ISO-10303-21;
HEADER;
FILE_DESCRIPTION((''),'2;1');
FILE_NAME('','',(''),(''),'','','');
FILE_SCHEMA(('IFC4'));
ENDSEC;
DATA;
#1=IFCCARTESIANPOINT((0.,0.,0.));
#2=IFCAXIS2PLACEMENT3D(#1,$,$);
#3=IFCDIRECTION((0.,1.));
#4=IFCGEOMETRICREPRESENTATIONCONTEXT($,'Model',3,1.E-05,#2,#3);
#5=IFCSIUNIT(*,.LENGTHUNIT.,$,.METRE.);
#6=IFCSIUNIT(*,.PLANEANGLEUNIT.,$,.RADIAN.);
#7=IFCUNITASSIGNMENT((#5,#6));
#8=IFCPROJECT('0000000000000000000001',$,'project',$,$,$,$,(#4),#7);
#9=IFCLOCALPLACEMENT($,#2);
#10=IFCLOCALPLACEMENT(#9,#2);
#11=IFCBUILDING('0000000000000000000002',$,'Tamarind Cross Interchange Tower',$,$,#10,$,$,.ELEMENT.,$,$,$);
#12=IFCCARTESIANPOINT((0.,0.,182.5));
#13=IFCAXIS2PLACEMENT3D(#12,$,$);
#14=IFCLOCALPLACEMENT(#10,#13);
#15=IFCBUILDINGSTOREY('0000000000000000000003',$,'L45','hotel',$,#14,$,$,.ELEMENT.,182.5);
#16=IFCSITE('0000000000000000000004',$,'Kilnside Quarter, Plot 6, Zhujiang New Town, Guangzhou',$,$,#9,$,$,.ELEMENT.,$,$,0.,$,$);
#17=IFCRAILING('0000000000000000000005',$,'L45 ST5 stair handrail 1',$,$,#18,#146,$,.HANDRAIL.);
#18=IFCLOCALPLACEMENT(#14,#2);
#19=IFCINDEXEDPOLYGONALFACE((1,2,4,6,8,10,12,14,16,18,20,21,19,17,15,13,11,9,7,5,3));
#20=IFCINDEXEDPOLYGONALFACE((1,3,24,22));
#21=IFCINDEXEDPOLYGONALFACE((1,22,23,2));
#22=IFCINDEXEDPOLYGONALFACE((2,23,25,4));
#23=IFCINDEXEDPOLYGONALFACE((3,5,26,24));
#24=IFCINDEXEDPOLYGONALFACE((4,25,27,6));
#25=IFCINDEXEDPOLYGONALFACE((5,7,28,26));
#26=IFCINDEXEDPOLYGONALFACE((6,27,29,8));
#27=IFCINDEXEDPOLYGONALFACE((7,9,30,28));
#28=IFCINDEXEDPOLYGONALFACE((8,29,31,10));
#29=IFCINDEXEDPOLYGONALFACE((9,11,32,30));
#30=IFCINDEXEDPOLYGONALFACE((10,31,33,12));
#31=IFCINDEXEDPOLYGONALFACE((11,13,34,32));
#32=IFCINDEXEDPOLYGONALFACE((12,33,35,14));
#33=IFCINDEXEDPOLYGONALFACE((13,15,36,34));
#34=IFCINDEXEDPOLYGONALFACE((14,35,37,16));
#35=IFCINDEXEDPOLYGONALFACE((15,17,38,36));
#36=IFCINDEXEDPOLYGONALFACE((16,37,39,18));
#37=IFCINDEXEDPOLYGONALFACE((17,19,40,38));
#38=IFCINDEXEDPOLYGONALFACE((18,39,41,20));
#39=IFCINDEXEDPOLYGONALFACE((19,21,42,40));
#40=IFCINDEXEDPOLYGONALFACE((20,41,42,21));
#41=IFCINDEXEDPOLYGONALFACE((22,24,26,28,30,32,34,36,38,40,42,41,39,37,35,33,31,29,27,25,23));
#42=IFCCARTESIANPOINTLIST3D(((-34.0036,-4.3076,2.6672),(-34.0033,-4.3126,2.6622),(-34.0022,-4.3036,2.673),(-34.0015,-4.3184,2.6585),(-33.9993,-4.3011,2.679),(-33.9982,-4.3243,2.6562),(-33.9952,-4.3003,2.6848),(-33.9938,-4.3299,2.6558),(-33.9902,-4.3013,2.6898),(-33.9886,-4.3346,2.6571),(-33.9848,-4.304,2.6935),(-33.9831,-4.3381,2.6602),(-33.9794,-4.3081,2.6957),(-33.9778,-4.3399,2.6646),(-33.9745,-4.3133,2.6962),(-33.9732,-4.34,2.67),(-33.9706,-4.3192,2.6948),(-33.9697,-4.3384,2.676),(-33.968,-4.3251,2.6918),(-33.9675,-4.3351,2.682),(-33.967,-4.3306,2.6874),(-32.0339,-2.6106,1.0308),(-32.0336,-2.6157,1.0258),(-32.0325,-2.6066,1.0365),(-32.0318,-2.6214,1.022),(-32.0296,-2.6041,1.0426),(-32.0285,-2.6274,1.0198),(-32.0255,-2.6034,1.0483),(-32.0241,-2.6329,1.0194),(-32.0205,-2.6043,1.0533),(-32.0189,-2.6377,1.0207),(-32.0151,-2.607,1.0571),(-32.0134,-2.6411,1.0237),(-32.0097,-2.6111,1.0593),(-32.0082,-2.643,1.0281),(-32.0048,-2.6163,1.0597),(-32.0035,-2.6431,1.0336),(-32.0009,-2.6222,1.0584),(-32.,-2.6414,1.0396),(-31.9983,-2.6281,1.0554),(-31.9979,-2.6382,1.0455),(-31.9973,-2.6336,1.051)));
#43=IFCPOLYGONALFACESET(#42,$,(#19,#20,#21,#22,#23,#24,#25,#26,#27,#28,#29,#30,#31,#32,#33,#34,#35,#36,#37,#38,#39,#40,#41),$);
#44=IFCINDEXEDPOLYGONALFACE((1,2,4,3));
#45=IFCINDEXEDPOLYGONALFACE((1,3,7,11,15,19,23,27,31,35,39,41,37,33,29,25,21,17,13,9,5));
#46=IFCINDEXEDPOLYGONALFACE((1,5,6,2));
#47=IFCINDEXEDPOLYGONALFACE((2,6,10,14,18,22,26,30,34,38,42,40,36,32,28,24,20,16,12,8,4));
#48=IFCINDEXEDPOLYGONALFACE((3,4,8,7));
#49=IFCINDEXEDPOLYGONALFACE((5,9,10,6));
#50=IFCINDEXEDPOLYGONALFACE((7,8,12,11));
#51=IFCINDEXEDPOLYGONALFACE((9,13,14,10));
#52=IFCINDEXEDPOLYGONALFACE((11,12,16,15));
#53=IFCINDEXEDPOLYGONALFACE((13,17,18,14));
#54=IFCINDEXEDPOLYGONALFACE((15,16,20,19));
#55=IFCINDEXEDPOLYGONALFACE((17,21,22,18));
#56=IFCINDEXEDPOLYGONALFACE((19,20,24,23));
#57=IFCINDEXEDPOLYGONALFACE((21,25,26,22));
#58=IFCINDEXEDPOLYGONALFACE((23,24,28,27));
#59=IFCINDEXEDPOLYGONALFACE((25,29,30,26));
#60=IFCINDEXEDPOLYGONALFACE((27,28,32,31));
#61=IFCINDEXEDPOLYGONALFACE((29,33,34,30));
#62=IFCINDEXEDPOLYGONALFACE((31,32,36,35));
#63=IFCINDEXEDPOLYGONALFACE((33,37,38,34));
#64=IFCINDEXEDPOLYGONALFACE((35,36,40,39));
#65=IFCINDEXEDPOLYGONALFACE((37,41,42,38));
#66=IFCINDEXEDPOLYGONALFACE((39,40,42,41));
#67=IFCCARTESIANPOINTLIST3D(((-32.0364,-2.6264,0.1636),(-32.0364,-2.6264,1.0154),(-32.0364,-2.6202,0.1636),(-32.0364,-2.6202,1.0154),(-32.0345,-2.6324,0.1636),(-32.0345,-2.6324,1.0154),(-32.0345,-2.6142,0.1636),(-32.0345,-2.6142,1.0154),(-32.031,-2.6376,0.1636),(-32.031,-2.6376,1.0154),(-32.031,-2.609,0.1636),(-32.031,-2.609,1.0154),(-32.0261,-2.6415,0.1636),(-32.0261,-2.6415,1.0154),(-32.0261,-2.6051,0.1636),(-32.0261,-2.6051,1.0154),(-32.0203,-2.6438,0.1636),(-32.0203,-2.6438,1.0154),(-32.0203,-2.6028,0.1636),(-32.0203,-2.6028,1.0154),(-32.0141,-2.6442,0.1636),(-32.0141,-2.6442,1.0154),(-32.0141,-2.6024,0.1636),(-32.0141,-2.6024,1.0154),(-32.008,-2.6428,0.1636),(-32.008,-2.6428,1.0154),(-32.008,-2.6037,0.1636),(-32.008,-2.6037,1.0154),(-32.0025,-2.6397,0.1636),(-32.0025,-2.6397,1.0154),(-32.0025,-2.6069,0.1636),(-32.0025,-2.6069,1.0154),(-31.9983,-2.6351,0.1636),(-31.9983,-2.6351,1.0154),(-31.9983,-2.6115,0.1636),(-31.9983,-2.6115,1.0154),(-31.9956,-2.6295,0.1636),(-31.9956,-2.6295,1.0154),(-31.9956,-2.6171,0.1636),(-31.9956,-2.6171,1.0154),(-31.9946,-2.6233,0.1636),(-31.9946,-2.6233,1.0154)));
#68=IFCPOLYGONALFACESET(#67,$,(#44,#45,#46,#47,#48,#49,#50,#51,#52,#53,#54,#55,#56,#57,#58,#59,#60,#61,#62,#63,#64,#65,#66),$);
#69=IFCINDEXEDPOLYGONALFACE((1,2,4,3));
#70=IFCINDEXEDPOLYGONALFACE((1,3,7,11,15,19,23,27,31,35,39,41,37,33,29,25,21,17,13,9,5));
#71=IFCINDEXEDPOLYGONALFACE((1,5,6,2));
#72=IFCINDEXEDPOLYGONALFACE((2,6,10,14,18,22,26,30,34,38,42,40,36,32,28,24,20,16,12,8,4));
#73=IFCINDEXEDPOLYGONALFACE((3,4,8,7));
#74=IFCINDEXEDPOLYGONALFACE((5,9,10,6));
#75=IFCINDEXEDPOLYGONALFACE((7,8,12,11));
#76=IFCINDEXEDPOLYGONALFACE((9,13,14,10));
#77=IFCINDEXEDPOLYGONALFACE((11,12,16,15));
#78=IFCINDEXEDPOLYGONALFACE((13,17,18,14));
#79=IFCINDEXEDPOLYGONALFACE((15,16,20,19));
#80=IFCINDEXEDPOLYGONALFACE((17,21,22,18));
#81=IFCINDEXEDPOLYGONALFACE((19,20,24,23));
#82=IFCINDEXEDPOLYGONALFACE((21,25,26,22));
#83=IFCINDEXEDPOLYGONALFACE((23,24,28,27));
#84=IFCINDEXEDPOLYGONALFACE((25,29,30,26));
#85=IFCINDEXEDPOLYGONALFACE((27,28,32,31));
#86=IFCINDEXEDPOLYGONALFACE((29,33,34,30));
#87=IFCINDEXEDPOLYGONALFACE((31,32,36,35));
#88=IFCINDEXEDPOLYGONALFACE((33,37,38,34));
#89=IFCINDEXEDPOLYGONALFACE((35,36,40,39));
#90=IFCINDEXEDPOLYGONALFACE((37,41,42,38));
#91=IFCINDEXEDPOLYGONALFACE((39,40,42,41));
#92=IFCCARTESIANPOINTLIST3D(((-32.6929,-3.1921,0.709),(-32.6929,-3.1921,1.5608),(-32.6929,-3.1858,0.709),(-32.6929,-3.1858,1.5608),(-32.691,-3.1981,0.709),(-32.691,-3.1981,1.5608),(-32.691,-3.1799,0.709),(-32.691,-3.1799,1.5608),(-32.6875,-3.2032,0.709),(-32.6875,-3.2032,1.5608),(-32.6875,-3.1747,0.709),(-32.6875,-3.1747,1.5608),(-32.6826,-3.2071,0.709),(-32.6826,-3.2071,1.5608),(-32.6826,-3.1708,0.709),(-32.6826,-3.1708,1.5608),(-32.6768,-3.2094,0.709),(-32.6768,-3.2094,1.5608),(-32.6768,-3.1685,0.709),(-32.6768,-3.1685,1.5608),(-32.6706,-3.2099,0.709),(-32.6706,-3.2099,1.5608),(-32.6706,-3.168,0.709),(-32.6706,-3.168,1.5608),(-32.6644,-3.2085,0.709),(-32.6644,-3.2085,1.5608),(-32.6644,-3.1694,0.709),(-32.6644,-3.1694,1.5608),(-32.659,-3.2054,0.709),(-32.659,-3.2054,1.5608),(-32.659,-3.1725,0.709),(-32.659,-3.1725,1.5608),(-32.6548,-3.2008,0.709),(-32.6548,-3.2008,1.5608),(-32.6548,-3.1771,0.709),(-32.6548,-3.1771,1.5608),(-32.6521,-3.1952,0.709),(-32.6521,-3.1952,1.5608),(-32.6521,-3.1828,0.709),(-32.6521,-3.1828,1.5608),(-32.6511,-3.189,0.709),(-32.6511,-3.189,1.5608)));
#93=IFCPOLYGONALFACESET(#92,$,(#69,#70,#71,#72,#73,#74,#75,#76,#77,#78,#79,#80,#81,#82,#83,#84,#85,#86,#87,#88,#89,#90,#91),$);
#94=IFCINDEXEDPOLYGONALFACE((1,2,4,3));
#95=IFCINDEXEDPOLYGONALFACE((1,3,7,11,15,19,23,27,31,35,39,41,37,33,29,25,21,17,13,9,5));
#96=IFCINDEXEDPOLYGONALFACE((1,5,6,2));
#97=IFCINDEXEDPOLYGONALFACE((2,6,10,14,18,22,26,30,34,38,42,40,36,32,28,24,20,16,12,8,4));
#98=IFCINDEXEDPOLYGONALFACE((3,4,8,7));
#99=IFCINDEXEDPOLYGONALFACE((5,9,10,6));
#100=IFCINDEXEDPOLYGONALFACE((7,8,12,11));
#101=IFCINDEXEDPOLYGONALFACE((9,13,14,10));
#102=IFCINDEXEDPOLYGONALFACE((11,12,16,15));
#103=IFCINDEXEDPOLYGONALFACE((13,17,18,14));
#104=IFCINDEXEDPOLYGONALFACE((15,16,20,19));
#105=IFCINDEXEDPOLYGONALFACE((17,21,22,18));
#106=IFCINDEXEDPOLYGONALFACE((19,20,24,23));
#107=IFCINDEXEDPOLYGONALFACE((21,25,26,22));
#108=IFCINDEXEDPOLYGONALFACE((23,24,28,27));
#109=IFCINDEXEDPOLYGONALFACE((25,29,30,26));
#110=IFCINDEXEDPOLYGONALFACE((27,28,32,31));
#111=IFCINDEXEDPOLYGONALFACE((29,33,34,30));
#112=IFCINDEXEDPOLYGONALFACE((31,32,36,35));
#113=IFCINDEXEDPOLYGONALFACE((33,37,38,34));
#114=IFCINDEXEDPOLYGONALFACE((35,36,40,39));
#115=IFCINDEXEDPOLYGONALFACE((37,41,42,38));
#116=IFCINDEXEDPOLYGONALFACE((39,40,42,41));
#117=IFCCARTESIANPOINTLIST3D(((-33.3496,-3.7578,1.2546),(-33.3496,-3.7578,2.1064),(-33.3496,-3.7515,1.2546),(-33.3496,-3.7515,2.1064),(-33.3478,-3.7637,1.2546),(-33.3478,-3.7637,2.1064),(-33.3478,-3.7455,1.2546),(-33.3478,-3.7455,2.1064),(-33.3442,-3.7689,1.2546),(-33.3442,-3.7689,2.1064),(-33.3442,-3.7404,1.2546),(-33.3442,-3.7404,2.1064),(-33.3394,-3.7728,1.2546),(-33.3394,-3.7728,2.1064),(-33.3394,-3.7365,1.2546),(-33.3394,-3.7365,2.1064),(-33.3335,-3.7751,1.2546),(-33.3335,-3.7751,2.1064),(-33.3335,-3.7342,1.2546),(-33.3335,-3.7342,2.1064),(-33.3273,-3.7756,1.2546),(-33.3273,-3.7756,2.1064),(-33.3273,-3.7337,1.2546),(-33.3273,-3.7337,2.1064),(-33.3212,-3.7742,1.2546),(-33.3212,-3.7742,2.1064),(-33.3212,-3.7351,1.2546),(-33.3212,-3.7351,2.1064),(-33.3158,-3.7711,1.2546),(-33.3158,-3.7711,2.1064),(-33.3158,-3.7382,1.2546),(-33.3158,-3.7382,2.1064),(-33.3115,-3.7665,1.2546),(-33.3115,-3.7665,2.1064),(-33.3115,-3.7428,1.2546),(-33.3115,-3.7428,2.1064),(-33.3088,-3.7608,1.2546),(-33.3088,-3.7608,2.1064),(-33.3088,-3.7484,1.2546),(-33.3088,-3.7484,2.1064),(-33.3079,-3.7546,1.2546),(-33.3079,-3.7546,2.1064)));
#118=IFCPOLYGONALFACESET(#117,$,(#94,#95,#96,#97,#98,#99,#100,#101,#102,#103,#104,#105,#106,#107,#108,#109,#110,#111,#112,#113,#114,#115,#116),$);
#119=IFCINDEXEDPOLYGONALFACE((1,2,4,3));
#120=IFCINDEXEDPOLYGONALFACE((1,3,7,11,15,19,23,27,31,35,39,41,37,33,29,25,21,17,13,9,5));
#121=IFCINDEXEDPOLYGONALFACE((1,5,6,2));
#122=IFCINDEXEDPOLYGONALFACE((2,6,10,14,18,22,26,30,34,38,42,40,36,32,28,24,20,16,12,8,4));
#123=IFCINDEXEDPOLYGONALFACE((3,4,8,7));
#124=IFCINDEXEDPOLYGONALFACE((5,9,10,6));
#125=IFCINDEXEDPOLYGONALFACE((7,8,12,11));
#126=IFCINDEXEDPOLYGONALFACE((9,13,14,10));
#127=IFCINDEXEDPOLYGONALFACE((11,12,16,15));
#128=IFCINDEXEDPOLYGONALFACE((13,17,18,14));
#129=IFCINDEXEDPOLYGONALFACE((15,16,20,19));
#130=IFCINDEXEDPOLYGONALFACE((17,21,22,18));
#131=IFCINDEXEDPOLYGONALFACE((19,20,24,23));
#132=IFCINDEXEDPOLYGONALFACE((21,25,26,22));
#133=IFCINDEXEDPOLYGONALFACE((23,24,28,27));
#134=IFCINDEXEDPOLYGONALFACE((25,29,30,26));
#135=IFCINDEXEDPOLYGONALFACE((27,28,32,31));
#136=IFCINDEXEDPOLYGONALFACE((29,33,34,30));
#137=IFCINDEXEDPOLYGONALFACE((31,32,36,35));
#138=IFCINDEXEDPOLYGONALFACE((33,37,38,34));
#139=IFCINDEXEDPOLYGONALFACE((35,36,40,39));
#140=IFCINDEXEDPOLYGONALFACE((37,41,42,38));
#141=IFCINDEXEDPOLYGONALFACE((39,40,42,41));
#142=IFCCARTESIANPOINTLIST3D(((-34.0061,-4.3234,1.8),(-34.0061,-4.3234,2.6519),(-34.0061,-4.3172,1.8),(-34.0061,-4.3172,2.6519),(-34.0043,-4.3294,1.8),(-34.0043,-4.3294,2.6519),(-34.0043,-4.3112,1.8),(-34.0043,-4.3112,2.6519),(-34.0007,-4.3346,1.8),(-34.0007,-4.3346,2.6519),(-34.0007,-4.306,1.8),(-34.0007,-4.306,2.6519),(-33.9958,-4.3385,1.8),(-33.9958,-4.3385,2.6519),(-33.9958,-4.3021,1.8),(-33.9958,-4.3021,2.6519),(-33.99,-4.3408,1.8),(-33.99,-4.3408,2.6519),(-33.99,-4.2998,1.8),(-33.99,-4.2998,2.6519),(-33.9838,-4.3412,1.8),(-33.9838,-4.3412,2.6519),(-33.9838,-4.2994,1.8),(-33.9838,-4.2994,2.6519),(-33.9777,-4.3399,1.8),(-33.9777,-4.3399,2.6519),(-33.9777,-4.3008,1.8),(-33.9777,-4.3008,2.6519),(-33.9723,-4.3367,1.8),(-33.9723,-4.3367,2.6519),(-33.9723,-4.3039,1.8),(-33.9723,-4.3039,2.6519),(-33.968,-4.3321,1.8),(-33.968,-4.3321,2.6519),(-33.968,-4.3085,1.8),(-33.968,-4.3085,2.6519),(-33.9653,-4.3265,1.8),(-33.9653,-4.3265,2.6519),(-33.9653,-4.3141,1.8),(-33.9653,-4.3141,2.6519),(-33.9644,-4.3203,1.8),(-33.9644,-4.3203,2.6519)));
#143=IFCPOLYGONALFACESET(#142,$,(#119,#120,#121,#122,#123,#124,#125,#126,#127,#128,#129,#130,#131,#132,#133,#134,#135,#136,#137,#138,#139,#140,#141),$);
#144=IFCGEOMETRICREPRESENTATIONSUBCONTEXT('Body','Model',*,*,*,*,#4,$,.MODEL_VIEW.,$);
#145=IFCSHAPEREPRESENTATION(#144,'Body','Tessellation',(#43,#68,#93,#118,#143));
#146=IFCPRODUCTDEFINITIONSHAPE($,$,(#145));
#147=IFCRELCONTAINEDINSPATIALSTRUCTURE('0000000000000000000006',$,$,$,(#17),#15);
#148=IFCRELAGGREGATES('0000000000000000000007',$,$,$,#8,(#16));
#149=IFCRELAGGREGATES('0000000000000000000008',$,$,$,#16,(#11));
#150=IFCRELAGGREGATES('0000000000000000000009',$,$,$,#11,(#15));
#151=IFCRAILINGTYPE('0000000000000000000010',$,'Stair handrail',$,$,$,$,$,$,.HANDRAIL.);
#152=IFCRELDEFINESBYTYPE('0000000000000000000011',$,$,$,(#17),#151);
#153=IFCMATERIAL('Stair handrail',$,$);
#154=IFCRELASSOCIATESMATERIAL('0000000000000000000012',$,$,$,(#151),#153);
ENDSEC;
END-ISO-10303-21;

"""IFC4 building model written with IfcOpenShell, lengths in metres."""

from ifc_helpers import new_model, si_unit, direction, frame, origin, origin_2d, place, context, subcontext, project, spatial, circle, extrude, material, type_object, element, save


model = new_model("IFC4")

# Units and contexts
model_context = context("Model", 3, precision=1e-05, world=origin(), true_north=direction((0.0, 1.0)))
body_context = subcontext(model_context, "Body", "Model", "MODEL_VIEW")
ifc_project = project(units=[si_unit("LENGTHUNIT", "METRE"), si_unit("PLANEANGLEUNIT", "RADIAN")], contexts=[model_context])

# Site, building, storey
site_placement = place(None, origin())
site = spatial("IfcSite", under=ifc_project, at=site_placement, Name="Kilnside Quarter, Plot 6, Zhujiang New Town, Guangzhou", CompositionType="ELEMENT", RefElevation=0.0)
building_placement = place(site_placement, origin())
building = spatial("IfcBuilding", under=site, at=building_placement, Name="Tamarind Cross Interchange Tower", CompositionType="ELEMENT")
storey_placement = place(building_placement, frame((0.0, 0.0, 182.5)))
storey = spatial("IfcBuildingStorey", under=building, at=storey_placement, Name="L45", Description="hotel", CompositionType="ELEMENT", Elevation=182.5)

# Railing
ifc_material_1 = material(Name="Stair handrail")
railing_type_1 = type_object("IfcRailingType", Name="Stair handrail", PredefinedType="HANDRAIL", material=ifc_material_1)
railing_1_placement = place(storey_placement, frame((-32.0156, -2.6233, 0.1636)))
element("IfcRailing", 1, at=railing_1_placement, inside=storey, type_object=railing_type_1, Name="L45 ST5 stair handrail 1", PredefinedType="HANDRAIL", context=body_context, shape_type="SweptSolid", body=[
    extrude(circle(Radius=0.0239, at=origin_2d()), frame((0.0, 0.0, 0.876), z_axis=(-0.641168, -0.552399, 0.53269), x_axis=(0.652715, -0.757604, 0.0)), (0.0, 0.0, 1.0), 3.072),
    extrude(circle(Radius=0.021, at=origin_2d()), origin(), (0.0, 0.0, 1.0), 0.8518),
    extrude(circle(Radius=0.021, at=origin_2d()), frame((-0.6565, -0.5657, 0.5454)), (0.0, 0.0, 1.0), 0.8518),
    extrude(circle(Radius=0.021, at=origin_2d()), frame((-1.3132, -1.1313, 1.0911)), (0.0, 0.0, 1.0), 0.8518),
    extrude(circle(Radius=0.021, at=origin_2d()), frame((-1.9697, -1.697, 1.6365)), (0.0, 0.0, 1.0), 0.8518),
])

save(model, "model.ifc")
